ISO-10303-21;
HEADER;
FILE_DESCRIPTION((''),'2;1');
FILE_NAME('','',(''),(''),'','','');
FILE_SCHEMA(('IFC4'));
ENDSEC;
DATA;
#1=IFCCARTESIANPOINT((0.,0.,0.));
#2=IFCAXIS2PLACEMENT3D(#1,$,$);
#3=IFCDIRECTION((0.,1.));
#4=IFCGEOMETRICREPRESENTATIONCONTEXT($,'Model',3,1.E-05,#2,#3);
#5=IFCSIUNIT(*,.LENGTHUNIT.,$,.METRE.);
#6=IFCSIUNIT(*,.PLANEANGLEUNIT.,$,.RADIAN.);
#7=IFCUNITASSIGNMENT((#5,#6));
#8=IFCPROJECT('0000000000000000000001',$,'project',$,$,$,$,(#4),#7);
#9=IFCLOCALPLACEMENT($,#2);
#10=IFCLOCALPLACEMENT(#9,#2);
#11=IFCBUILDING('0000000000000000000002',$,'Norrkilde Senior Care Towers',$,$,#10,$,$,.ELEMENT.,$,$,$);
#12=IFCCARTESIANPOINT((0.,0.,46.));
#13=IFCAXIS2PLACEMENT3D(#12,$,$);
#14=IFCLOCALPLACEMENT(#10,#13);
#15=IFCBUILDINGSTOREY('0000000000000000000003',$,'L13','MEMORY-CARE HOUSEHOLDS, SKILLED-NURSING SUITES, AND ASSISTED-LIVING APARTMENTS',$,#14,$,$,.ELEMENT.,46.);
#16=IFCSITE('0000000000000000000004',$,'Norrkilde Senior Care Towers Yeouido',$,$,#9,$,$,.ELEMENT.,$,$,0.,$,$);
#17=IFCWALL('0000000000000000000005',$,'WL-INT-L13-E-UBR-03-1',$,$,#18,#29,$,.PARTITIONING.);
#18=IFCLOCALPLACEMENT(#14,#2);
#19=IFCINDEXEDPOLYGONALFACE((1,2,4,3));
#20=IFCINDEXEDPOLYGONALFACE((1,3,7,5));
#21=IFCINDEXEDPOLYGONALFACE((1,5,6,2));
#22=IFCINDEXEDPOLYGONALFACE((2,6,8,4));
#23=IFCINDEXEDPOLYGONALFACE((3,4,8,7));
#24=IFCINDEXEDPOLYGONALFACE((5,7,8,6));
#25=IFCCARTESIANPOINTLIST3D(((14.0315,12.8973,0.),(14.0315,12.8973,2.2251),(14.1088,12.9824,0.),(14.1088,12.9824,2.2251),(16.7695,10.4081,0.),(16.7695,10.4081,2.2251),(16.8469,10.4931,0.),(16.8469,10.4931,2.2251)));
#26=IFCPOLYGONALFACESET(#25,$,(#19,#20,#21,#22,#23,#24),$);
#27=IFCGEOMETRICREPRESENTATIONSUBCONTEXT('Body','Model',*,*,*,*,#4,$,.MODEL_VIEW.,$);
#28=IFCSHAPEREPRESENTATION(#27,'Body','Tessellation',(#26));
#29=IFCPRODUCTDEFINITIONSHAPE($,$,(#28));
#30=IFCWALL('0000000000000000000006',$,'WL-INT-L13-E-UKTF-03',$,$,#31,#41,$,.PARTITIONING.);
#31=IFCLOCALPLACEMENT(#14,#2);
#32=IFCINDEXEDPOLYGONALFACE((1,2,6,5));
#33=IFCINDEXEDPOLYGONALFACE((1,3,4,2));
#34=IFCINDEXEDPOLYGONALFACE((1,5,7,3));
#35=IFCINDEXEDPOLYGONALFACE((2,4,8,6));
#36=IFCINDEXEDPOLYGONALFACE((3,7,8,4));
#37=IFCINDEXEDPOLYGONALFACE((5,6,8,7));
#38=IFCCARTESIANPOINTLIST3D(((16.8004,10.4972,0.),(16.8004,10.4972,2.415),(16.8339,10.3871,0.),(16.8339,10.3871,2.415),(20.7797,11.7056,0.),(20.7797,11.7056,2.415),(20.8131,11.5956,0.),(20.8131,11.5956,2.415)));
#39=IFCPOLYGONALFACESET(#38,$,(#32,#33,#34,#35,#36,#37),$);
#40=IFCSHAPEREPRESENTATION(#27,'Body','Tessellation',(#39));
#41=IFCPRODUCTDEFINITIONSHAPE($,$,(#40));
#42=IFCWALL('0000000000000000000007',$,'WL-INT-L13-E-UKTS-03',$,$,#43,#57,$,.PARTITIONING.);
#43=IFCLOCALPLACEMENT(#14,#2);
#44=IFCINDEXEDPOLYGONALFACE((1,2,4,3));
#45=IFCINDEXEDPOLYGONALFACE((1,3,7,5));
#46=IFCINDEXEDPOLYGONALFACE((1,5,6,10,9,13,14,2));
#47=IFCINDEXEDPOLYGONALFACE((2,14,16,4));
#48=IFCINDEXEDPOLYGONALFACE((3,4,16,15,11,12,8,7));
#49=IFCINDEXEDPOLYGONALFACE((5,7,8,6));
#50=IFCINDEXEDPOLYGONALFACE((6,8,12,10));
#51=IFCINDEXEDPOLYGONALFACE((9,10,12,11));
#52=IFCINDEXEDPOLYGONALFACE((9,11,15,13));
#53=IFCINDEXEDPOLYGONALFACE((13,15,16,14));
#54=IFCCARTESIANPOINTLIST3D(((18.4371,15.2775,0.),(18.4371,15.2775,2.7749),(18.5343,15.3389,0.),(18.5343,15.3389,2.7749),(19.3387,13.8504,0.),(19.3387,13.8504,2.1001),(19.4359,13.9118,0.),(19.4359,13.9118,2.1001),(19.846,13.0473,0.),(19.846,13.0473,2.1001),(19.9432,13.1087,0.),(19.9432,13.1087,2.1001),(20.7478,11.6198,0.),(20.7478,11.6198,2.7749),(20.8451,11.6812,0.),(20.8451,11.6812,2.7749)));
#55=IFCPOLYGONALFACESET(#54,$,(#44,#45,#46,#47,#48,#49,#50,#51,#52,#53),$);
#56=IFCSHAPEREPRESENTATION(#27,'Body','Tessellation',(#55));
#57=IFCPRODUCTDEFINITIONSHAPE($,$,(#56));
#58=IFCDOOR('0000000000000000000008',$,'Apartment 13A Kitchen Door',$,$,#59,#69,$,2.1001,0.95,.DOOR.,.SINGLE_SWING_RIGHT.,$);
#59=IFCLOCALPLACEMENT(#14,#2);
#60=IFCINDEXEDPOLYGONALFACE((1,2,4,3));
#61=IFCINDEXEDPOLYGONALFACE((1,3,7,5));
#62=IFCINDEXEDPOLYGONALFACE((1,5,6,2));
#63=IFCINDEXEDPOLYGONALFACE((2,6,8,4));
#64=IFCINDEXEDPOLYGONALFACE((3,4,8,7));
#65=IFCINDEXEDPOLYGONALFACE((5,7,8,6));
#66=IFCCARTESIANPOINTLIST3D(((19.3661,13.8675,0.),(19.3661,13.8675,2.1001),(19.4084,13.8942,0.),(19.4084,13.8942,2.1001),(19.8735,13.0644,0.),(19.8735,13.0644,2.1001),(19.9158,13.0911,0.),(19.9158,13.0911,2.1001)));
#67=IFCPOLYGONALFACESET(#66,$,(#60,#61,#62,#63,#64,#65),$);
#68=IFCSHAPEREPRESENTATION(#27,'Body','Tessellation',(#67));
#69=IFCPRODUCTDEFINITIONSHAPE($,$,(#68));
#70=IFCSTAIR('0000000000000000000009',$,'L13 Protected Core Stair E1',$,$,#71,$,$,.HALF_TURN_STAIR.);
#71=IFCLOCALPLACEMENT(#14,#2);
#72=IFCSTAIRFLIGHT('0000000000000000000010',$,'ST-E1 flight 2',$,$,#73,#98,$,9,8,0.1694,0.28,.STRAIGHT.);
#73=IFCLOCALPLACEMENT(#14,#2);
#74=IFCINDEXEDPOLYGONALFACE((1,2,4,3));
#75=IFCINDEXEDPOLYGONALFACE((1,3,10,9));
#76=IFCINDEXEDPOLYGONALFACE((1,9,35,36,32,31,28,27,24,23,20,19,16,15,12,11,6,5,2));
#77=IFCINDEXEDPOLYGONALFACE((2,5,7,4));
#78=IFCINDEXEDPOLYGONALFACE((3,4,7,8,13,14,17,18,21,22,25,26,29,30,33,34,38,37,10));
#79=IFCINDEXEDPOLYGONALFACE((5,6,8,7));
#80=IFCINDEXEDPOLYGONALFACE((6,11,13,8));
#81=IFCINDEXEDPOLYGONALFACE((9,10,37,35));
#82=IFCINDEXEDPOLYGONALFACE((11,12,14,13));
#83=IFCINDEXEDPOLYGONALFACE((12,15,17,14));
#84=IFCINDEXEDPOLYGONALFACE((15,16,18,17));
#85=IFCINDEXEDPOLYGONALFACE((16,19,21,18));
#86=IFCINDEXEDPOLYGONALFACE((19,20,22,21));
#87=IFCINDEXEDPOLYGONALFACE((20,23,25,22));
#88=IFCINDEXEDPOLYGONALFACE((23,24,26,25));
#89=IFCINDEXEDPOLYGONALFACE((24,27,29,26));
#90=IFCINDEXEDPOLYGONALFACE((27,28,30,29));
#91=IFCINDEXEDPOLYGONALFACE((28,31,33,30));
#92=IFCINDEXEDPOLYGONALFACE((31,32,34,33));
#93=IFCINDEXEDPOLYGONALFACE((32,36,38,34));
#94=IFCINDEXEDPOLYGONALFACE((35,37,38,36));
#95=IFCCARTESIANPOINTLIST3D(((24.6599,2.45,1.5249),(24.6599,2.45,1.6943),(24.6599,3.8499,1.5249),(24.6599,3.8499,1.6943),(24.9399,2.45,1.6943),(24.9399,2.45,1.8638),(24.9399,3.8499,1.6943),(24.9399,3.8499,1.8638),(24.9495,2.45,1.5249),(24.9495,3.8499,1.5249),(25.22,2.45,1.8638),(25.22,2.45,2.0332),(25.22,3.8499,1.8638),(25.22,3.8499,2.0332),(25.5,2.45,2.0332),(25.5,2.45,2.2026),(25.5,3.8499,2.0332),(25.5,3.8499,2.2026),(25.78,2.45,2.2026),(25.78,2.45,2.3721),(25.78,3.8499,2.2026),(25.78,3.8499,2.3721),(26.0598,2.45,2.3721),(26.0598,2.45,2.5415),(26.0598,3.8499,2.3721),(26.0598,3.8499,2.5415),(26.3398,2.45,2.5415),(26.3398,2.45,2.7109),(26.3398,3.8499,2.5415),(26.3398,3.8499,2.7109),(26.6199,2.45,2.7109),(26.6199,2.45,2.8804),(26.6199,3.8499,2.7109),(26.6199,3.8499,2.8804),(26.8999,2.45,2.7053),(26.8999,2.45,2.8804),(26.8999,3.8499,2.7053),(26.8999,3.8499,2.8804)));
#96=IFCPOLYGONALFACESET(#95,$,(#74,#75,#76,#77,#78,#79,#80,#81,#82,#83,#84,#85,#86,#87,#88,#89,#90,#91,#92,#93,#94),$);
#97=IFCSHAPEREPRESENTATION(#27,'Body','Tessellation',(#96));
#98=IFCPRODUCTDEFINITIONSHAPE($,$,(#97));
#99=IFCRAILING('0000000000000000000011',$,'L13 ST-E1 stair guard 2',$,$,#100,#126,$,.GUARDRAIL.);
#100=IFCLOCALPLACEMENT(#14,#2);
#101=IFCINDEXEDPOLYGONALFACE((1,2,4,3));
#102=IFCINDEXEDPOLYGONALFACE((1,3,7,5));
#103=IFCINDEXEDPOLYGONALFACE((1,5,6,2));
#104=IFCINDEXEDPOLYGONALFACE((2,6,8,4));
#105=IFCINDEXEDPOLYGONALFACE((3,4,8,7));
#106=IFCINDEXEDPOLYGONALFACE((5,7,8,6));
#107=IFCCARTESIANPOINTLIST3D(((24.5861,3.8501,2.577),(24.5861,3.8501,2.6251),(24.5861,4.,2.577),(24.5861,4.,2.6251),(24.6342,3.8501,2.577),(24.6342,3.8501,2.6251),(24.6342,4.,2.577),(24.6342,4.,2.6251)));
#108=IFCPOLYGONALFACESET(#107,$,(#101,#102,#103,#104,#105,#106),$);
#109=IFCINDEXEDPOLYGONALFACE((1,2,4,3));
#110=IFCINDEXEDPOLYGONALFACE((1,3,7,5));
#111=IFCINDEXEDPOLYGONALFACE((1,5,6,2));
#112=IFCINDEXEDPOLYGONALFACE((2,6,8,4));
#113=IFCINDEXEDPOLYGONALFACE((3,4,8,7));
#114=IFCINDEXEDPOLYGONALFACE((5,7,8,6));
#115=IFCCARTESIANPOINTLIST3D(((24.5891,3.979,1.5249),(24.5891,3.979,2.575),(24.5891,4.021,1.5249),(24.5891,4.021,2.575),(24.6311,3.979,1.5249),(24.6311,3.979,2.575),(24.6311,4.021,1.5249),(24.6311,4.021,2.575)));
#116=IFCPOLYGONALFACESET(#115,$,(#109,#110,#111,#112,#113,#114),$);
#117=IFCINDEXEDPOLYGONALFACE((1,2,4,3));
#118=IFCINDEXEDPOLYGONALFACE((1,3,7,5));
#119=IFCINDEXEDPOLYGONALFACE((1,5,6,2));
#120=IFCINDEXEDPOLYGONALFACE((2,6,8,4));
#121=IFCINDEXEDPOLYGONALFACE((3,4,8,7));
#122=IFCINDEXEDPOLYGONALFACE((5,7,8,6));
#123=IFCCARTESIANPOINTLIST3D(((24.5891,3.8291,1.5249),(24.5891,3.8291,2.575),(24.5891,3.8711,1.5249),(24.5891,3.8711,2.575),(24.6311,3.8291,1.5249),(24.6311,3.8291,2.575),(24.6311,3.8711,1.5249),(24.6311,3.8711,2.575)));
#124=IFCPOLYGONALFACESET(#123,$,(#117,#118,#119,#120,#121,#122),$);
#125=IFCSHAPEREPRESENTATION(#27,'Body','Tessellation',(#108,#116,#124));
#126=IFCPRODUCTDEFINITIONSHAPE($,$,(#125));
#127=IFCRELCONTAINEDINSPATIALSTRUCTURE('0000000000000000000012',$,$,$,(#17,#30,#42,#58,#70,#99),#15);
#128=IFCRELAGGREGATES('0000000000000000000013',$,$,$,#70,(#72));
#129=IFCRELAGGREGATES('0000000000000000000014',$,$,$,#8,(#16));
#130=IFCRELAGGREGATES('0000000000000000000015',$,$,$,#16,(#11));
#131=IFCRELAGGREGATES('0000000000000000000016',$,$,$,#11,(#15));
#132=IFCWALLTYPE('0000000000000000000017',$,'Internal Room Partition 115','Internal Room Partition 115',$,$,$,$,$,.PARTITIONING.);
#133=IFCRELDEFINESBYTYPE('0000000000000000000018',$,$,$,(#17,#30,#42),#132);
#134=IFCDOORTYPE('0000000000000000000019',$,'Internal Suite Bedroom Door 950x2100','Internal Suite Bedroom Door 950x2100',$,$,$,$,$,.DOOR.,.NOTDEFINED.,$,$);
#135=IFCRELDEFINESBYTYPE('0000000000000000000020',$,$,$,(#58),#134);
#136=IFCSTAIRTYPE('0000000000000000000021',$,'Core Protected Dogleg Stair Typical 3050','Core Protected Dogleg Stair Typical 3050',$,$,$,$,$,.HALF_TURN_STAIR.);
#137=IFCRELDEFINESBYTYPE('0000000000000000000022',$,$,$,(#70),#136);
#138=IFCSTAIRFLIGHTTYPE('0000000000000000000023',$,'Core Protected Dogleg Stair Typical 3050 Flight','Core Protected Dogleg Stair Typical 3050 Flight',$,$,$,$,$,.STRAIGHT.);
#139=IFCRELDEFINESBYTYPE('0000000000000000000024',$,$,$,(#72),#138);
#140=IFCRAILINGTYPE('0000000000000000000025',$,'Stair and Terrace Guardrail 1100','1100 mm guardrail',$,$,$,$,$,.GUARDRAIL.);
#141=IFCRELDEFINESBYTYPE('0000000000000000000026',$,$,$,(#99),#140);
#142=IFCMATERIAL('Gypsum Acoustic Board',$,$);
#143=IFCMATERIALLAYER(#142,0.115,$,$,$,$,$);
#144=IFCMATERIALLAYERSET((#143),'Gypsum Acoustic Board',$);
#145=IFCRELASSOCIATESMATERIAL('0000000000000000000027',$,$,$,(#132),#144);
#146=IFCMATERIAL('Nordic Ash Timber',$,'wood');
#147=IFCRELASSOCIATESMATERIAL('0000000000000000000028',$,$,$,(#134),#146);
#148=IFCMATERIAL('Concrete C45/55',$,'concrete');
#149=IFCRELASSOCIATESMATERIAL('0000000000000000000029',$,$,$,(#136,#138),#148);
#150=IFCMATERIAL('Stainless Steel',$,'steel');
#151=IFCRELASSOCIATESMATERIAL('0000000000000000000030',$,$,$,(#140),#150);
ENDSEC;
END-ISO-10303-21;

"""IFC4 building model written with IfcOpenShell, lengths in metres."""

from ifc_helpers import new_model, si_unit, direction, frame, frame_2d, origin, origin_2d, place, context, subcontext, project, spatial, polyline, rectangle, outline, extrude, source, transform, mapped, material, layer, layer_set, type_object, type_shapes, element, fill, aggregate, save


model = new_model("IFC4")

# Units and contexts
model_context = context("Model", 3, precision=1e-05, world=origin(), true_north=direction((0.0, 1.0)))
body_context = subcontext(model_context, "Body", "Model", "MODEL_VIEW")
ifc_project = project(units=[si_unit("LENGTHUNIT", "METRE"), si_unit("PLANEANGLEUNIT", "RADIAN")], contexts=[model_context])

# Site, building, storey
site_placement = place(None, origin())
site = spatial("IfcSite", under=ifc_project, at=site_placement, Name="Norrkilde Senior Care Towers Yeouido", CompositionType="ELEMENT", RefElevation=0.0)
building_placement = place(site_placement, origin())
building = spatial("IfcBuilding", under=site, at=building_placement, Name="Norrkilde Senior Care Towers", CompositionType="ELEMENT")
storey_placement = place(building_placement, frame((0.0, 0.0, 46.0)))
storey = spatial("IfcBuildingStorey", under=building, at=storey_placement, Name="L13", Description="MEMORY-CARE HOUSEHOLDS, SKILLED-NURSING SUITES, AND ASSISTED-LIVING APARTMENTS", CompositionType="ELEMENT", Elevation=46.0)

# Shared definitions
ifc_material_1 = material(Name="Gypsum Acoustic Board")
ifc_material_2 = material(Name="Nordic Ash Timber", Category="wood")
ifc_layer_1 = layer(ifc_material_1, 0.115)
ifc_layer_set_1 = layer_set([ifc_layer_1], Name="Gypsum Acoustic Board")
wall_type_1 = type_object("IfcWallType", Name="Internal Room Partition 115", Description="Internal Room Partition 115", PredefinedType="PARTITIONING", material=ifc_layer_set_1)
door_type_1 = type_object("IfcDoorType", Name="Internal Suite Bedroom Door 950x2100", Description="Internal Suite Bedroom Door 950x2100", OperationType="NOTDEFINED", PredefinedType="DOOR", material=ifc_material_2)
shared_shape_1 = source(origin(), body_context, "Body", "SweptSolid", [
    extrude(rectangle(XDim=0.95, YDim=2.1001, at=frame_2d((0.4751, 1.05))), frame((0.0, 0.0249, 0.0), z_axis=(0.0, -1.0, 0.0), x_axis=(1.0, 0.0, 0.0)), (0.0, 0.0, 1.0), 0.05),
])
type_shapes(door_type_1, [shared_shape_1])

# Walls
ifc_material_3 = material(Name="Concrete C45/55", Category="concrete")
shared_shape_2 = source(origin(), body_context, "Body", "SweptSolid", [
    extrude(rectangle(XDim=3.7004, YDim=0.115, at=frame_2d((1.8501, 0.0))), origin(), (0.0, 0.0, 1.0), 2.2251),
])
wall_1_placement = place(storey_placement, frame((16.8081, 10.4507, 0.0), z_axis=(0.0, 0.0, 1.0), x_axis=(-0.739922, 0.672692, 0.0)))
element("IfcWall", 1, at=wall_1_placement, inside=storey, type_object=wall_type_1, Name="WL-INT-L13-E-UBR-03-1", PredefinedType="PARTITIONING", context=body_context, shape_type="MappedRepresentation", body=[
    mapped(shared_shape_2, transform((0.0, 0.0, 0.0), x_axis=(1.0, 0.0, 0.0), y_axis=(0.0, 1.0, 0.0), z_axis=(0.0, 0.0, 1.0), scale=1.0)),
])
shared_shape_3 = source(origin(), body_context, "Body", "SweptSolid", [
    extrude(rectangle(XDim=4.1587, YDim=0.115, at=frame_2d((2.0793, 0.0))), origin(), (0.0, 0.0, 1.0), 2.415),
])
wall_2_placement = place(storey_placement, frame((20.7964, 11.6506, 0.0), z_axis=(0.0, 0.0, 1.0), x_axis=(-0.956846, -0.290594, 0.0)))
element("IfcWall", 2, at=wall_2_placement, inside=storey, type_object=wall_type_1, Name="WL-INT-L13-E-UKTF-03", PredefinedType="PARTITIONING", context=body_context, shape_type="MappedRepresentation", body=[
    mapped(shared_shape_3, transform((0.0, 0.0, 0.0), x_axis=(1.0, 0.0, 0.0), y_axis=(0.0, 1.0, 0.0), z_axis=(0.0, 0.0, 1.0), scale=1.0)),
])

# Wall, opening, door
shared_shape_4 = source(origin(), body_context, "Body", "SweptSolid", [
    extrude(rectangle(XDim=4.3264, YDim=0.115, at=frame_2d((2.1631, 0.0))), origin(), (0.0, 0.0, 1.0), 2.7749),
])
wall_3_placement = place(storey_placement, frame((20.7964, 11.6506, 0.0), z_axis=(0.0, 0.0, 1.0), x_axis=(-0.534101, 0.845421, 0.0)))
wall_3 = element("IfcWall", 3, at=wall_3_placement, inside=storey, type_object=wall_type_1, Name="WL-INT-L13-E-UKTS-03", PredefinedType="PARTITIONING", context=body_context, shape_type="MappedRepresentation", body=[
    mapped(shared_shape_4, transform((0.0, 0.0, 0.0), x_axis=(1.0, 0.0, 0.0), y_axis=(0.0, 1.0, 0.0), z_axis=(0.0, 0.0, 1.0), scale=1.0)),
])
opening_1_placement = place(wall_3_placement, frame((1.6882, 0.0, 0.0)))
opening_1 = element("IfcOpeningElement", 4, at=opening_1_placement, cuts=wall_3, PredefinedType="OPENING", context=body_context, shape_type="SweptSolid", body=[
    extrude(rectangle(XDim=0.95, YDim=2.1001, at=frame_2d((0.4751, 1.05))), frame((0.0, 0.0674, 0.0), z_axis=(0.0, -1.0, 0.0), x_axis=(1.0, 0.0, 0.0)), (0.0, 0.0, 1.0), 0.135),
])
door_1_placement = place(opening_1_placement, frame((0.95, 0.0, 0.0), z_axis=(0.0, 0.0, 1.0), x_axis=(-1.0, 0.0, 0.0)))
door_1 = element("IfcDoor", 5, at=door_1_placement, inside=storey, type_object=door_type_1, Name="Apartment 13A Kitchen Door", OperationType="SINGLE_SWING_RIGHT", OverallHeight=2.1001, OverallWidth=0.95, PredefinedType="DOOR", context=body_context, shape_type="MappedRepresentation", body=[
    mapped(shared_shape_1, transform((0.0, 0.0, 0.0), x_axis=(1.0, 0.0, 0.0), y_axis=(0.0, 1.0, 0.0), z_axis=(0.0, 0.0, 1.0), scale=1.0)),
])
fill(opening_1, door_1)

# Stair, stair flight
stair_type = type_object("IfcStairType", Name="Core Protected Dogleg Stair Typical 3050", Description="Core Protected Dogleg Stair Typical 3050", PredefinedType="HALF_TURN_STAIR", material=ifc_material_3)
stair_placement = place(storey_placement, origin())
stair = element("IfcStair", 6, at=stair_placement, inside=storey, type_object=stair_type, Name="L13 Protected Core Stair E1", PredefinedType="HALF_TURN_STAIR")
stair_flight_type = type_object("IfcStairFlightType", Name="Core Protected Dogleg Stair Typical 3050 Flight", Description="Core Protected Dogleg Stair Typical 3050 Flight", PredefinedType="STRAIGHT", material=ifc_material_3)
stair_flight_placement = place(storey_placement, frame((24.6599, 3.1499, 1.5249), z_axis=(0.0, 0.0, 1.0), x_axis=(1.0, 0.0, 0.0)))
stair_flight = element("IfcStairFlight", 7, at=stair_flight_placement, type_object=stair_flight_type, Name="ST-E1 flight 2", NumberOfRisers=9, NumberOfTreads=8, PredefinedType="STRAIGHT", RiserHeight=0.1694, TreadLength=0.28, context=body_context, shape_type="SweptSolid", body=[
    extrude(outline(polyline([(0.0, 0.0), (0.0, 0.1694), (0.28, 0.1694), (0.28, 0.3389), (0.5601, 0.3389), (0.5601, 0.5083), (0.8401, 0.5083), (0.8401, 0.6777), (1.1201, 0.6777), (1.1201, 0.8472), (1.3999, 0.8472), (1.3999, 1.0166), (1.6799, 1.0166), (1.6799, 1.186), (1.96, 1.186), (1.96, 1.3555), (2.24, 1.3555), (2.24, 1.5249), (2.24, 1.1804), (0.2896, 0.0), (0.0, 0.0)])), frame((0.0, 0.7, 0.0), z_axis=(0.0, -1.0, 0.0), x_axis=(1.0, 0.0, 0.0)), (0.0, 0.0, 1.0), 1.3999),
])
aggregate(stair, [stair_flight])

# Railing
ifc_material_4 = material(Name="Stainless Steel", Category="steel")
railing_type = type_object("IfcRailingType", Name="Stair and Terrace Guardrail 1100", Description="1100 mm guardrail", PredefinedType="GUARDRAIL", material=ifc_material_4)
railing_placement = place(storey_placement, frame((24.6101, 4.0, 1.5249)))
element("IfcRailing", 8, at=railing_placement, inside=storey, type_object=railing_type, Name="L13 ST-E1 stair guard 2", PredefinedType="GUARDRAIL", context=body_context, shape_type="SweptSolid", body=[
    extrude(rectangle(XDim=0.0481, YDim=0.0481, at=origin_2d()), frame((0.0, 0.0, 1.0762), z_axis=(0.0, -1.0, 0.0), x_axis=(1.0, 0.0, 0.0)), (0.0, 0.0, 1.0), 0.1499),
    extrude(rectangle(XDim=0.042, YDim=0.042, at=origin_2d()), origin(), (0.0, 0.0, 1.0), 1.05),
    extrude(rectangle(XDim=0.042, YDim=0.042, at=origin_2d()), frame((0.0, -0.1499, 0.0)), (0.0, 0.0, 1.0), 1.05),
])

save(model, "model.ifc")
